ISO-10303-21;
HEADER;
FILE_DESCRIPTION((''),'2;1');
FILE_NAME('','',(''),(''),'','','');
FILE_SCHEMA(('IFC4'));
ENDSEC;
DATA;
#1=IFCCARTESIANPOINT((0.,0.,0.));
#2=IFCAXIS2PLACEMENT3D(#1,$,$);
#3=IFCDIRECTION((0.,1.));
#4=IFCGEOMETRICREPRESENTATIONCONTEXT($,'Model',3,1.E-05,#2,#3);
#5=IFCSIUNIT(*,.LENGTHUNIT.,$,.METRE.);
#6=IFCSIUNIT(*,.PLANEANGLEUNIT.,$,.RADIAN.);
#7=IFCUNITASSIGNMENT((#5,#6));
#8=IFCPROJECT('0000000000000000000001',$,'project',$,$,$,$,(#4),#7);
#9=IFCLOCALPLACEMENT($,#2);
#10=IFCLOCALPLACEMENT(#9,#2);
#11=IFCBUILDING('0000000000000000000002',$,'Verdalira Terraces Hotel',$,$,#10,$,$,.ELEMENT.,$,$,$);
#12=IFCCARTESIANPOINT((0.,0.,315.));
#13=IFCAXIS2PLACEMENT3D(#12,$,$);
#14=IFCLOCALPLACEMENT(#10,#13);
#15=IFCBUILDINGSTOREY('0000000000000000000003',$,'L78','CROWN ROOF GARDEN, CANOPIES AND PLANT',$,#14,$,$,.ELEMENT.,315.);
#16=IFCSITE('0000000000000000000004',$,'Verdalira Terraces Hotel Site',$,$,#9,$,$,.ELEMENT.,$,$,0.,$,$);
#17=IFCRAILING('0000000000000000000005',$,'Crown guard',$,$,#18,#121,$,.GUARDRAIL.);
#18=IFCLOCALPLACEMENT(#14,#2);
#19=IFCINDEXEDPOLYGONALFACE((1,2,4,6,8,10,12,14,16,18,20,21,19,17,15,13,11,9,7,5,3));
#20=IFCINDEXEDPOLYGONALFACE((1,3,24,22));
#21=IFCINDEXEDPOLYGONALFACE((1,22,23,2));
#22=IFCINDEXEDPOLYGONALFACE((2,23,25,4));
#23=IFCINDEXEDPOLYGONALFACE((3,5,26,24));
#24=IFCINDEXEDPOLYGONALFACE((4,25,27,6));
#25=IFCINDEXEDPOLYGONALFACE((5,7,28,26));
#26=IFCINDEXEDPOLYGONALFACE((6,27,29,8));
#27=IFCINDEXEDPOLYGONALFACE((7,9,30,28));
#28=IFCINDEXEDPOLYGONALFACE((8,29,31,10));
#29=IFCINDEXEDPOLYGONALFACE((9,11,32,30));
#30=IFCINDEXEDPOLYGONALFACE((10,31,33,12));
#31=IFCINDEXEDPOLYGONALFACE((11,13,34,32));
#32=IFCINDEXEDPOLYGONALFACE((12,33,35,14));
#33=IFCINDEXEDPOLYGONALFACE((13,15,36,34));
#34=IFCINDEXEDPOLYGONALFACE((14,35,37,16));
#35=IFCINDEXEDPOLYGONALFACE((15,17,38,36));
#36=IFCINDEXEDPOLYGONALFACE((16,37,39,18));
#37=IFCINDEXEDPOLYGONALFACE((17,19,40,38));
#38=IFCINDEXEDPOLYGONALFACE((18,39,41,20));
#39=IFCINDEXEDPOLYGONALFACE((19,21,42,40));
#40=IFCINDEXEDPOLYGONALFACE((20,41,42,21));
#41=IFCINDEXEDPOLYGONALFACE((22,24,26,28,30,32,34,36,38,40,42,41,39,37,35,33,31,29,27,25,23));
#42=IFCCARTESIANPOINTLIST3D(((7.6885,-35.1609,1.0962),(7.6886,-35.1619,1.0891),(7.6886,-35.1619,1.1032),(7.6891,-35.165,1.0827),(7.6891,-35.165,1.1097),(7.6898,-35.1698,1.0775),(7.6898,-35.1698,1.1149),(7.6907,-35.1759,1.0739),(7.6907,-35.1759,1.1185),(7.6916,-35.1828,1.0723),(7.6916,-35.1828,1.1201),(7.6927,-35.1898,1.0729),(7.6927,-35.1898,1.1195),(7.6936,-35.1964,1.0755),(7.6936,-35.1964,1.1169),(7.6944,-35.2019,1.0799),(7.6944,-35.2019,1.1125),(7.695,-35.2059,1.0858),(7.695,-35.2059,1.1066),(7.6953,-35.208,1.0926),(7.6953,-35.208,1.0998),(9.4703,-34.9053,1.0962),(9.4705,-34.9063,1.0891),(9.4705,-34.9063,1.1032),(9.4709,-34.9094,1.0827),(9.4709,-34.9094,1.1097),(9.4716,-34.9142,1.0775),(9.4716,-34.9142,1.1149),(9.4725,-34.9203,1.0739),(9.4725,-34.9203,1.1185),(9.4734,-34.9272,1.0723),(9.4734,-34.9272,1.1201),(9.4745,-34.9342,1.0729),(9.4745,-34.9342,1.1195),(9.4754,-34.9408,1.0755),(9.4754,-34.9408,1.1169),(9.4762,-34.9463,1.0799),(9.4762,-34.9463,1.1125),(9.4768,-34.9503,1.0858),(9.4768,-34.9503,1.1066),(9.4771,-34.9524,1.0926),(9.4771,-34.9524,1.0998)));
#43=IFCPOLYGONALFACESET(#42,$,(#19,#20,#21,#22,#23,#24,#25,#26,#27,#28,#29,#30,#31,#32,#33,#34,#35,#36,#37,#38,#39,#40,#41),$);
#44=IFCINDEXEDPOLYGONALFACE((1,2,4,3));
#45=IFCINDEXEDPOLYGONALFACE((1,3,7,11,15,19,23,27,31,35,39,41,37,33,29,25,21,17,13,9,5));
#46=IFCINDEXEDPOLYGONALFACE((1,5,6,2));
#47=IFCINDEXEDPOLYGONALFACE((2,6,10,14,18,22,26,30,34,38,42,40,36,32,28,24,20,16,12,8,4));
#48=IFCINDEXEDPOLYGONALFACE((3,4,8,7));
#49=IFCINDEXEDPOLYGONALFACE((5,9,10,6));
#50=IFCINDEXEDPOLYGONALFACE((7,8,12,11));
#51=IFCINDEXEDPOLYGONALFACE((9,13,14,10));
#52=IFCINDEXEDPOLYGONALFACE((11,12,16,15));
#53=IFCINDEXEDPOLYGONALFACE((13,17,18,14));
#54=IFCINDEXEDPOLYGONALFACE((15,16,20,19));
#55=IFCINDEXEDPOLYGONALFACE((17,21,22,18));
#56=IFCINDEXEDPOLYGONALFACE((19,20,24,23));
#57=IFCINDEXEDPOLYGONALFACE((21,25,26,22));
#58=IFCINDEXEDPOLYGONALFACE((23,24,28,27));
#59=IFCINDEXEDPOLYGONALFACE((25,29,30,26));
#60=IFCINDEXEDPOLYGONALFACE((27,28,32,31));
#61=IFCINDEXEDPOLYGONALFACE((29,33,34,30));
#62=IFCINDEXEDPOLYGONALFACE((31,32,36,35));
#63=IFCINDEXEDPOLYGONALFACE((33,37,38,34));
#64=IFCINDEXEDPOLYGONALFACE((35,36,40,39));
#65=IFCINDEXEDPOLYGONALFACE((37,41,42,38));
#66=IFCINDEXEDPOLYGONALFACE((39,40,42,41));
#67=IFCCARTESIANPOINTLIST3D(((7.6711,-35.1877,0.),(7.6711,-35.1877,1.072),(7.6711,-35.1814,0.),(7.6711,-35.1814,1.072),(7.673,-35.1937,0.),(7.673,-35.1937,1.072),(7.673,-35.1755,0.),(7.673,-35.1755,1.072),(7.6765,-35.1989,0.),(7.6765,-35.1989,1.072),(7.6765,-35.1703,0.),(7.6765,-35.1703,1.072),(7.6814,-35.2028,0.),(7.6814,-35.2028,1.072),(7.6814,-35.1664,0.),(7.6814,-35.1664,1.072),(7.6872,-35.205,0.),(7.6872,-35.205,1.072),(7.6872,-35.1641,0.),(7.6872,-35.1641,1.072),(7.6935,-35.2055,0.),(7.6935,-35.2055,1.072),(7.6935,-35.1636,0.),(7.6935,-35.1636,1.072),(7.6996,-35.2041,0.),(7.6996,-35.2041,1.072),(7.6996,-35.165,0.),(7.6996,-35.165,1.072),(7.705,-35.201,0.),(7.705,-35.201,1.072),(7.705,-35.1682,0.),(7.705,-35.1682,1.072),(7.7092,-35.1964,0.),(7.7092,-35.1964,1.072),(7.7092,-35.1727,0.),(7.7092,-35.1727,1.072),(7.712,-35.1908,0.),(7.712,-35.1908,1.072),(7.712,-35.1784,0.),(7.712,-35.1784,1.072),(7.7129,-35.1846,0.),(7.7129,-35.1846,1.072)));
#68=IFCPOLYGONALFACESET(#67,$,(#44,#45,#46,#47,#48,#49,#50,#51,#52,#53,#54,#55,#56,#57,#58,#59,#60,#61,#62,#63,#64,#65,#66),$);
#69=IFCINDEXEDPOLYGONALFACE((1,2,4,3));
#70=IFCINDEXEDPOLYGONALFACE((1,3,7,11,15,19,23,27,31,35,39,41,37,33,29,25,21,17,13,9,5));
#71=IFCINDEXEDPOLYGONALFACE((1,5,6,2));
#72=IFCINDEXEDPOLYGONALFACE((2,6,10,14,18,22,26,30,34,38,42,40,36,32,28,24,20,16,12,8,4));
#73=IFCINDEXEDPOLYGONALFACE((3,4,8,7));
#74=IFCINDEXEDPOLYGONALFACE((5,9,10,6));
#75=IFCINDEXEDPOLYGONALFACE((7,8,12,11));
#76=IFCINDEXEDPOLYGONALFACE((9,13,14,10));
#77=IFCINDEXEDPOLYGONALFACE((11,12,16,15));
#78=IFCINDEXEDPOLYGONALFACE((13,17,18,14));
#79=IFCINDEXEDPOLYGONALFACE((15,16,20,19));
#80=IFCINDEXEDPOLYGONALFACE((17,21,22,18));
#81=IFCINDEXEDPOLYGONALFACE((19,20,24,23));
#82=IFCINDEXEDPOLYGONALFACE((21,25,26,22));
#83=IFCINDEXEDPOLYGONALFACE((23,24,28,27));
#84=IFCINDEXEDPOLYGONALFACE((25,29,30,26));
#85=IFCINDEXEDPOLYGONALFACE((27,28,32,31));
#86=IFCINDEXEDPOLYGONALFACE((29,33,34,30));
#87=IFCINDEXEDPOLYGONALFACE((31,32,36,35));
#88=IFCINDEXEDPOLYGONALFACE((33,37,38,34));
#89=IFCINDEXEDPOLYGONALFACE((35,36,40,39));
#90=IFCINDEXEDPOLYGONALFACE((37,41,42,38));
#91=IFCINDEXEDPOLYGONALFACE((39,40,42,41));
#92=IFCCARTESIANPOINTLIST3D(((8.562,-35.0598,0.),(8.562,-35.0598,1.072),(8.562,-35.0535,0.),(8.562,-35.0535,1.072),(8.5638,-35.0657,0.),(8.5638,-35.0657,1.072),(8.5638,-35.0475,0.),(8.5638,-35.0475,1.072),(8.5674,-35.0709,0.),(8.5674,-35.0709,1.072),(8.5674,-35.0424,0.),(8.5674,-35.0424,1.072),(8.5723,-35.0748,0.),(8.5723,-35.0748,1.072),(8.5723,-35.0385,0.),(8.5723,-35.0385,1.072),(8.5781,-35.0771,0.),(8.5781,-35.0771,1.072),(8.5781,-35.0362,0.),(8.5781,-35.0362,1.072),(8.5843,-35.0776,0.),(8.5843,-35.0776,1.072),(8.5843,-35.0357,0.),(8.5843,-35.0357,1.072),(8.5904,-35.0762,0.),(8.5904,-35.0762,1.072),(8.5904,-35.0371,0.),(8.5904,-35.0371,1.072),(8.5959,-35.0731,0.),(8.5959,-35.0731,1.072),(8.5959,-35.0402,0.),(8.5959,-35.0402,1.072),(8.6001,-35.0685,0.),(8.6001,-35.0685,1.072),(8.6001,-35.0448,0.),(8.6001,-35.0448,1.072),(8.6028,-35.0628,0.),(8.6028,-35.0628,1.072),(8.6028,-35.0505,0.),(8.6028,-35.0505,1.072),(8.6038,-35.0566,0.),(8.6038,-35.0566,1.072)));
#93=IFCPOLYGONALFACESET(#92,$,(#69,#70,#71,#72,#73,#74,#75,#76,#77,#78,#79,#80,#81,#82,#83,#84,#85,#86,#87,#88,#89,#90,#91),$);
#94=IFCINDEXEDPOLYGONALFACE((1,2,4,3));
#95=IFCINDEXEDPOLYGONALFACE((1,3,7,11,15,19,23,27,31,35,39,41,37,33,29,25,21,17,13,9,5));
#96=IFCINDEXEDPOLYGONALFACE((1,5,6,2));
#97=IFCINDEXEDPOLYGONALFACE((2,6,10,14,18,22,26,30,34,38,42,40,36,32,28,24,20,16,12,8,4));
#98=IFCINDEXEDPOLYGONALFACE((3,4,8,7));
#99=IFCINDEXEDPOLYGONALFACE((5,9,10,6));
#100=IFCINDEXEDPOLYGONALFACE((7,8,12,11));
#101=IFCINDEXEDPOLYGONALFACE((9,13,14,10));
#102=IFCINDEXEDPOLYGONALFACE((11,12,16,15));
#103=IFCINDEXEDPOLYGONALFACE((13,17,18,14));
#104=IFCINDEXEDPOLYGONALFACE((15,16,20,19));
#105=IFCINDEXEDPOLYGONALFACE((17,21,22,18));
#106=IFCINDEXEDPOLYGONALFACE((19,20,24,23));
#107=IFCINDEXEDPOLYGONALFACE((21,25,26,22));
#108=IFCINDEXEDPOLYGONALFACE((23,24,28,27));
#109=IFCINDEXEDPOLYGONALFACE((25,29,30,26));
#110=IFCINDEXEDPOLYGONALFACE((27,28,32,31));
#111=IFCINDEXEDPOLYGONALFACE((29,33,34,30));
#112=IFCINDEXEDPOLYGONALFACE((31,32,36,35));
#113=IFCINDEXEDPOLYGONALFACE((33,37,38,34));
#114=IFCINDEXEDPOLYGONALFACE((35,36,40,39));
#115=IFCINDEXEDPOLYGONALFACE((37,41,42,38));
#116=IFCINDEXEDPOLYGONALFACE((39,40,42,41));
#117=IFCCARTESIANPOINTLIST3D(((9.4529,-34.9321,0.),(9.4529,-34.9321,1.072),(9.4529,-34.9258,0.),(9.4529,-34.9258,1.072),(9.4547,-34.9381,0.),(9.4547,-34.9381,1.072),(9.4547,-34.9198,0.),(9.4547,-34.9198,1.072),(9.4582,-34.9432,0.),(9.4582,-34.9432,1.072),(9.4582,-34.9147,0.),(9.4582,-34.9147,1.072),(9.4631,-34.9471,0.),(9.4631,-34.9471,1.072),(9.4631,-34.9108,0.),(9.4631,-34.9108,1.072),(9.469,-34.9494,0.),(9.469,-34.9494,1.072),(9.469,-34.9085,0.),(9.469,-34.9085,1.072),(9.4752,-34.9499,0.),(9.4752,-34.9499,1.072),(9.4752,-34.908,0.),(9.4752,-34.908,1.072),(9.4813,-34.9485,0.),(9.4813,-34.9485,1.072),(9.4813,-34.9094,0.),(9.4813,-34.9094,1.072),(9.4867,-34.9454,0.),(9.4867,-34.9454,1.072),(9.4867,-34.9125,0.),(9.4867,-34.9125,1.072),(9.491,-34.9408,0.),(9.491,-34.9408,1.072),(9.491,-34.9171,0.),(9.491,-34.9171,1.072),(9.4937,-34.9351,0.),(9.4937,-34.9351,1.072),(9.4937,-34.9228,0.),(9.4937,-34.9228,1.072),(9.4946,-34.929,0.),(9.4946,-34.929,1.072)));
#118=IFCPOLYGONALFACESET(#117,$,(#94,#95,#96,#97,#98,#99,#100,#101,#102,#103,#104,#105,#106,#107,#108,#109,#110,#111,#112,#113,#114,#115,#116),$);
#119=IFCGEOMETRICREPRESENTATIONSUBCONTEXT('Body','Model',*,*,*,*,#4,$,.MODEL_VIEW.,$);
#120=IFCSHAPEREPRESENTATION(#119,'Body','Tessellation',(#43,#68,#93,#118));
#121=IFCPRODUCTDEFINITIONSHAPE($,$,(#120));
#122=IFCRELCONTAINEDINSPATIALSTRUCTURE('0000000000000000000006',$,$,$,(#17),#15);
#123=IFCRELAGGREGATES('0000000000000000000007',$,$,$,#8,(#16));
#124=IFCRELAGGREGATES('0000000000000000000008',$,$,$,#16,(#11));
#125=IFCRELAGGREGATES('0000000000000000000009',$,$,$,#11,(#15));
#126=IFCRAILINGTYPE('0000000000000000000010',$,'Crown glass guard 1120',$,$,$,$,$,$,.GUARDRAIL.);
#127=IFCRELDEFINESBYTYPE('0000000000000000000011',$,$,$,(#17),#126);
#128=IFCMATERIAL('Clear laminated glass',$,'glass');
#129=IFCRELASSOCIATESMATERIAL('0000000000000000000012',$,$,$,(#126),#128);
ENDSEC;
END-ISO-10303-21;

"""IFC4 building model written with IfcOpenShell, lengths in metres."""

from ifc_helpers import new_model, si_unit, direction, frame, origin, origin_2d, place, context, subcontext, project, spatial, circle, extrude, material, type_object, element, save


model = new_model("IFC4")

# Units and contexts
model_context = context("Model", 3, precision=1e-05, world=origin(), true_north=direction((0.0, 1.0)))
body_context = subcontext(model_context, "Body", "Model", "MODEL_VIEW")
ifc_project = project(units=[si_unit("LENGTHUNIT", "METRE"), si_unit("PLANEANGLEUNIT", "RADIAN")], contexts=[model_context])

# Site, building, storey
site_placement = place(None, origin())
site = spatial("IfcSite", under=ifc_project, at=site_placement, Name="Verdalira Terraces Hotel Site", CompositionType="ELEMENT", RefElevation=0.0)
building_placement = place(site_placement, origin())
building = spatial("IfcBuilding", under=site, at=building_placement, Name="Verdalira Terraces Hotel", CompositionType="ELEMENT")
storey_placement = place(building_placement, frame((0.0, 0.0, 315.0)))
storey = spatial("IfcBuildingStorey", under=building, at=storey_placement, Name="L78", Description="CROWN ROOF GARDEN, CANOPIES AND PLANT", CompositionType="ELEMENT", Elevation=315.0)

# Railing
ifc_material_1 = material(Name="Clear laminated glass", Category="glass")
railing_type = type_object("IfcRailingType", Name="Crown glass guard 1120", PredefinedType="GUARDRAIL", material=ifc_material_1)
railing_1_placement = place(storey_placement, frame((7.6919, -35.1846, 0.0)))
element("IfcRailing", 1, at=railing_1_placement, inside=storey, type_object=railing_type, Name="Crown guard", PredefinedType="GUARDRAIL", context=body_context, shape_type="SweptSolid", body=[
    extrude(circle(Radius=0.0239, at=origin_2d()), frame((0.0, 0.0, 1.0962), z_axis=(0.989865, 0.14201, 0.0), x_axis=(-0.14201, 0.989865, 0.0)), (0.0, 0.0, 1.0), 1.8),
    extrude(circle(Radius=0.021, at=origin_2d()), origin(), (0.0, 0.0, 1.0), 1.072),
    extrude(circle(Radius=0.021, at=origin_2d()), frame((0.8909, 0.1279, 0.0)), (0.0, 0.0, 1.0), 1.072),
    extrude(circle(Radius=0.021, at=origin_2d()), frame((1.7817, 0.2556, 0.0)), (0.0, 0.0, 1.0), 1.072),
])

save(model, "model.ifc")
